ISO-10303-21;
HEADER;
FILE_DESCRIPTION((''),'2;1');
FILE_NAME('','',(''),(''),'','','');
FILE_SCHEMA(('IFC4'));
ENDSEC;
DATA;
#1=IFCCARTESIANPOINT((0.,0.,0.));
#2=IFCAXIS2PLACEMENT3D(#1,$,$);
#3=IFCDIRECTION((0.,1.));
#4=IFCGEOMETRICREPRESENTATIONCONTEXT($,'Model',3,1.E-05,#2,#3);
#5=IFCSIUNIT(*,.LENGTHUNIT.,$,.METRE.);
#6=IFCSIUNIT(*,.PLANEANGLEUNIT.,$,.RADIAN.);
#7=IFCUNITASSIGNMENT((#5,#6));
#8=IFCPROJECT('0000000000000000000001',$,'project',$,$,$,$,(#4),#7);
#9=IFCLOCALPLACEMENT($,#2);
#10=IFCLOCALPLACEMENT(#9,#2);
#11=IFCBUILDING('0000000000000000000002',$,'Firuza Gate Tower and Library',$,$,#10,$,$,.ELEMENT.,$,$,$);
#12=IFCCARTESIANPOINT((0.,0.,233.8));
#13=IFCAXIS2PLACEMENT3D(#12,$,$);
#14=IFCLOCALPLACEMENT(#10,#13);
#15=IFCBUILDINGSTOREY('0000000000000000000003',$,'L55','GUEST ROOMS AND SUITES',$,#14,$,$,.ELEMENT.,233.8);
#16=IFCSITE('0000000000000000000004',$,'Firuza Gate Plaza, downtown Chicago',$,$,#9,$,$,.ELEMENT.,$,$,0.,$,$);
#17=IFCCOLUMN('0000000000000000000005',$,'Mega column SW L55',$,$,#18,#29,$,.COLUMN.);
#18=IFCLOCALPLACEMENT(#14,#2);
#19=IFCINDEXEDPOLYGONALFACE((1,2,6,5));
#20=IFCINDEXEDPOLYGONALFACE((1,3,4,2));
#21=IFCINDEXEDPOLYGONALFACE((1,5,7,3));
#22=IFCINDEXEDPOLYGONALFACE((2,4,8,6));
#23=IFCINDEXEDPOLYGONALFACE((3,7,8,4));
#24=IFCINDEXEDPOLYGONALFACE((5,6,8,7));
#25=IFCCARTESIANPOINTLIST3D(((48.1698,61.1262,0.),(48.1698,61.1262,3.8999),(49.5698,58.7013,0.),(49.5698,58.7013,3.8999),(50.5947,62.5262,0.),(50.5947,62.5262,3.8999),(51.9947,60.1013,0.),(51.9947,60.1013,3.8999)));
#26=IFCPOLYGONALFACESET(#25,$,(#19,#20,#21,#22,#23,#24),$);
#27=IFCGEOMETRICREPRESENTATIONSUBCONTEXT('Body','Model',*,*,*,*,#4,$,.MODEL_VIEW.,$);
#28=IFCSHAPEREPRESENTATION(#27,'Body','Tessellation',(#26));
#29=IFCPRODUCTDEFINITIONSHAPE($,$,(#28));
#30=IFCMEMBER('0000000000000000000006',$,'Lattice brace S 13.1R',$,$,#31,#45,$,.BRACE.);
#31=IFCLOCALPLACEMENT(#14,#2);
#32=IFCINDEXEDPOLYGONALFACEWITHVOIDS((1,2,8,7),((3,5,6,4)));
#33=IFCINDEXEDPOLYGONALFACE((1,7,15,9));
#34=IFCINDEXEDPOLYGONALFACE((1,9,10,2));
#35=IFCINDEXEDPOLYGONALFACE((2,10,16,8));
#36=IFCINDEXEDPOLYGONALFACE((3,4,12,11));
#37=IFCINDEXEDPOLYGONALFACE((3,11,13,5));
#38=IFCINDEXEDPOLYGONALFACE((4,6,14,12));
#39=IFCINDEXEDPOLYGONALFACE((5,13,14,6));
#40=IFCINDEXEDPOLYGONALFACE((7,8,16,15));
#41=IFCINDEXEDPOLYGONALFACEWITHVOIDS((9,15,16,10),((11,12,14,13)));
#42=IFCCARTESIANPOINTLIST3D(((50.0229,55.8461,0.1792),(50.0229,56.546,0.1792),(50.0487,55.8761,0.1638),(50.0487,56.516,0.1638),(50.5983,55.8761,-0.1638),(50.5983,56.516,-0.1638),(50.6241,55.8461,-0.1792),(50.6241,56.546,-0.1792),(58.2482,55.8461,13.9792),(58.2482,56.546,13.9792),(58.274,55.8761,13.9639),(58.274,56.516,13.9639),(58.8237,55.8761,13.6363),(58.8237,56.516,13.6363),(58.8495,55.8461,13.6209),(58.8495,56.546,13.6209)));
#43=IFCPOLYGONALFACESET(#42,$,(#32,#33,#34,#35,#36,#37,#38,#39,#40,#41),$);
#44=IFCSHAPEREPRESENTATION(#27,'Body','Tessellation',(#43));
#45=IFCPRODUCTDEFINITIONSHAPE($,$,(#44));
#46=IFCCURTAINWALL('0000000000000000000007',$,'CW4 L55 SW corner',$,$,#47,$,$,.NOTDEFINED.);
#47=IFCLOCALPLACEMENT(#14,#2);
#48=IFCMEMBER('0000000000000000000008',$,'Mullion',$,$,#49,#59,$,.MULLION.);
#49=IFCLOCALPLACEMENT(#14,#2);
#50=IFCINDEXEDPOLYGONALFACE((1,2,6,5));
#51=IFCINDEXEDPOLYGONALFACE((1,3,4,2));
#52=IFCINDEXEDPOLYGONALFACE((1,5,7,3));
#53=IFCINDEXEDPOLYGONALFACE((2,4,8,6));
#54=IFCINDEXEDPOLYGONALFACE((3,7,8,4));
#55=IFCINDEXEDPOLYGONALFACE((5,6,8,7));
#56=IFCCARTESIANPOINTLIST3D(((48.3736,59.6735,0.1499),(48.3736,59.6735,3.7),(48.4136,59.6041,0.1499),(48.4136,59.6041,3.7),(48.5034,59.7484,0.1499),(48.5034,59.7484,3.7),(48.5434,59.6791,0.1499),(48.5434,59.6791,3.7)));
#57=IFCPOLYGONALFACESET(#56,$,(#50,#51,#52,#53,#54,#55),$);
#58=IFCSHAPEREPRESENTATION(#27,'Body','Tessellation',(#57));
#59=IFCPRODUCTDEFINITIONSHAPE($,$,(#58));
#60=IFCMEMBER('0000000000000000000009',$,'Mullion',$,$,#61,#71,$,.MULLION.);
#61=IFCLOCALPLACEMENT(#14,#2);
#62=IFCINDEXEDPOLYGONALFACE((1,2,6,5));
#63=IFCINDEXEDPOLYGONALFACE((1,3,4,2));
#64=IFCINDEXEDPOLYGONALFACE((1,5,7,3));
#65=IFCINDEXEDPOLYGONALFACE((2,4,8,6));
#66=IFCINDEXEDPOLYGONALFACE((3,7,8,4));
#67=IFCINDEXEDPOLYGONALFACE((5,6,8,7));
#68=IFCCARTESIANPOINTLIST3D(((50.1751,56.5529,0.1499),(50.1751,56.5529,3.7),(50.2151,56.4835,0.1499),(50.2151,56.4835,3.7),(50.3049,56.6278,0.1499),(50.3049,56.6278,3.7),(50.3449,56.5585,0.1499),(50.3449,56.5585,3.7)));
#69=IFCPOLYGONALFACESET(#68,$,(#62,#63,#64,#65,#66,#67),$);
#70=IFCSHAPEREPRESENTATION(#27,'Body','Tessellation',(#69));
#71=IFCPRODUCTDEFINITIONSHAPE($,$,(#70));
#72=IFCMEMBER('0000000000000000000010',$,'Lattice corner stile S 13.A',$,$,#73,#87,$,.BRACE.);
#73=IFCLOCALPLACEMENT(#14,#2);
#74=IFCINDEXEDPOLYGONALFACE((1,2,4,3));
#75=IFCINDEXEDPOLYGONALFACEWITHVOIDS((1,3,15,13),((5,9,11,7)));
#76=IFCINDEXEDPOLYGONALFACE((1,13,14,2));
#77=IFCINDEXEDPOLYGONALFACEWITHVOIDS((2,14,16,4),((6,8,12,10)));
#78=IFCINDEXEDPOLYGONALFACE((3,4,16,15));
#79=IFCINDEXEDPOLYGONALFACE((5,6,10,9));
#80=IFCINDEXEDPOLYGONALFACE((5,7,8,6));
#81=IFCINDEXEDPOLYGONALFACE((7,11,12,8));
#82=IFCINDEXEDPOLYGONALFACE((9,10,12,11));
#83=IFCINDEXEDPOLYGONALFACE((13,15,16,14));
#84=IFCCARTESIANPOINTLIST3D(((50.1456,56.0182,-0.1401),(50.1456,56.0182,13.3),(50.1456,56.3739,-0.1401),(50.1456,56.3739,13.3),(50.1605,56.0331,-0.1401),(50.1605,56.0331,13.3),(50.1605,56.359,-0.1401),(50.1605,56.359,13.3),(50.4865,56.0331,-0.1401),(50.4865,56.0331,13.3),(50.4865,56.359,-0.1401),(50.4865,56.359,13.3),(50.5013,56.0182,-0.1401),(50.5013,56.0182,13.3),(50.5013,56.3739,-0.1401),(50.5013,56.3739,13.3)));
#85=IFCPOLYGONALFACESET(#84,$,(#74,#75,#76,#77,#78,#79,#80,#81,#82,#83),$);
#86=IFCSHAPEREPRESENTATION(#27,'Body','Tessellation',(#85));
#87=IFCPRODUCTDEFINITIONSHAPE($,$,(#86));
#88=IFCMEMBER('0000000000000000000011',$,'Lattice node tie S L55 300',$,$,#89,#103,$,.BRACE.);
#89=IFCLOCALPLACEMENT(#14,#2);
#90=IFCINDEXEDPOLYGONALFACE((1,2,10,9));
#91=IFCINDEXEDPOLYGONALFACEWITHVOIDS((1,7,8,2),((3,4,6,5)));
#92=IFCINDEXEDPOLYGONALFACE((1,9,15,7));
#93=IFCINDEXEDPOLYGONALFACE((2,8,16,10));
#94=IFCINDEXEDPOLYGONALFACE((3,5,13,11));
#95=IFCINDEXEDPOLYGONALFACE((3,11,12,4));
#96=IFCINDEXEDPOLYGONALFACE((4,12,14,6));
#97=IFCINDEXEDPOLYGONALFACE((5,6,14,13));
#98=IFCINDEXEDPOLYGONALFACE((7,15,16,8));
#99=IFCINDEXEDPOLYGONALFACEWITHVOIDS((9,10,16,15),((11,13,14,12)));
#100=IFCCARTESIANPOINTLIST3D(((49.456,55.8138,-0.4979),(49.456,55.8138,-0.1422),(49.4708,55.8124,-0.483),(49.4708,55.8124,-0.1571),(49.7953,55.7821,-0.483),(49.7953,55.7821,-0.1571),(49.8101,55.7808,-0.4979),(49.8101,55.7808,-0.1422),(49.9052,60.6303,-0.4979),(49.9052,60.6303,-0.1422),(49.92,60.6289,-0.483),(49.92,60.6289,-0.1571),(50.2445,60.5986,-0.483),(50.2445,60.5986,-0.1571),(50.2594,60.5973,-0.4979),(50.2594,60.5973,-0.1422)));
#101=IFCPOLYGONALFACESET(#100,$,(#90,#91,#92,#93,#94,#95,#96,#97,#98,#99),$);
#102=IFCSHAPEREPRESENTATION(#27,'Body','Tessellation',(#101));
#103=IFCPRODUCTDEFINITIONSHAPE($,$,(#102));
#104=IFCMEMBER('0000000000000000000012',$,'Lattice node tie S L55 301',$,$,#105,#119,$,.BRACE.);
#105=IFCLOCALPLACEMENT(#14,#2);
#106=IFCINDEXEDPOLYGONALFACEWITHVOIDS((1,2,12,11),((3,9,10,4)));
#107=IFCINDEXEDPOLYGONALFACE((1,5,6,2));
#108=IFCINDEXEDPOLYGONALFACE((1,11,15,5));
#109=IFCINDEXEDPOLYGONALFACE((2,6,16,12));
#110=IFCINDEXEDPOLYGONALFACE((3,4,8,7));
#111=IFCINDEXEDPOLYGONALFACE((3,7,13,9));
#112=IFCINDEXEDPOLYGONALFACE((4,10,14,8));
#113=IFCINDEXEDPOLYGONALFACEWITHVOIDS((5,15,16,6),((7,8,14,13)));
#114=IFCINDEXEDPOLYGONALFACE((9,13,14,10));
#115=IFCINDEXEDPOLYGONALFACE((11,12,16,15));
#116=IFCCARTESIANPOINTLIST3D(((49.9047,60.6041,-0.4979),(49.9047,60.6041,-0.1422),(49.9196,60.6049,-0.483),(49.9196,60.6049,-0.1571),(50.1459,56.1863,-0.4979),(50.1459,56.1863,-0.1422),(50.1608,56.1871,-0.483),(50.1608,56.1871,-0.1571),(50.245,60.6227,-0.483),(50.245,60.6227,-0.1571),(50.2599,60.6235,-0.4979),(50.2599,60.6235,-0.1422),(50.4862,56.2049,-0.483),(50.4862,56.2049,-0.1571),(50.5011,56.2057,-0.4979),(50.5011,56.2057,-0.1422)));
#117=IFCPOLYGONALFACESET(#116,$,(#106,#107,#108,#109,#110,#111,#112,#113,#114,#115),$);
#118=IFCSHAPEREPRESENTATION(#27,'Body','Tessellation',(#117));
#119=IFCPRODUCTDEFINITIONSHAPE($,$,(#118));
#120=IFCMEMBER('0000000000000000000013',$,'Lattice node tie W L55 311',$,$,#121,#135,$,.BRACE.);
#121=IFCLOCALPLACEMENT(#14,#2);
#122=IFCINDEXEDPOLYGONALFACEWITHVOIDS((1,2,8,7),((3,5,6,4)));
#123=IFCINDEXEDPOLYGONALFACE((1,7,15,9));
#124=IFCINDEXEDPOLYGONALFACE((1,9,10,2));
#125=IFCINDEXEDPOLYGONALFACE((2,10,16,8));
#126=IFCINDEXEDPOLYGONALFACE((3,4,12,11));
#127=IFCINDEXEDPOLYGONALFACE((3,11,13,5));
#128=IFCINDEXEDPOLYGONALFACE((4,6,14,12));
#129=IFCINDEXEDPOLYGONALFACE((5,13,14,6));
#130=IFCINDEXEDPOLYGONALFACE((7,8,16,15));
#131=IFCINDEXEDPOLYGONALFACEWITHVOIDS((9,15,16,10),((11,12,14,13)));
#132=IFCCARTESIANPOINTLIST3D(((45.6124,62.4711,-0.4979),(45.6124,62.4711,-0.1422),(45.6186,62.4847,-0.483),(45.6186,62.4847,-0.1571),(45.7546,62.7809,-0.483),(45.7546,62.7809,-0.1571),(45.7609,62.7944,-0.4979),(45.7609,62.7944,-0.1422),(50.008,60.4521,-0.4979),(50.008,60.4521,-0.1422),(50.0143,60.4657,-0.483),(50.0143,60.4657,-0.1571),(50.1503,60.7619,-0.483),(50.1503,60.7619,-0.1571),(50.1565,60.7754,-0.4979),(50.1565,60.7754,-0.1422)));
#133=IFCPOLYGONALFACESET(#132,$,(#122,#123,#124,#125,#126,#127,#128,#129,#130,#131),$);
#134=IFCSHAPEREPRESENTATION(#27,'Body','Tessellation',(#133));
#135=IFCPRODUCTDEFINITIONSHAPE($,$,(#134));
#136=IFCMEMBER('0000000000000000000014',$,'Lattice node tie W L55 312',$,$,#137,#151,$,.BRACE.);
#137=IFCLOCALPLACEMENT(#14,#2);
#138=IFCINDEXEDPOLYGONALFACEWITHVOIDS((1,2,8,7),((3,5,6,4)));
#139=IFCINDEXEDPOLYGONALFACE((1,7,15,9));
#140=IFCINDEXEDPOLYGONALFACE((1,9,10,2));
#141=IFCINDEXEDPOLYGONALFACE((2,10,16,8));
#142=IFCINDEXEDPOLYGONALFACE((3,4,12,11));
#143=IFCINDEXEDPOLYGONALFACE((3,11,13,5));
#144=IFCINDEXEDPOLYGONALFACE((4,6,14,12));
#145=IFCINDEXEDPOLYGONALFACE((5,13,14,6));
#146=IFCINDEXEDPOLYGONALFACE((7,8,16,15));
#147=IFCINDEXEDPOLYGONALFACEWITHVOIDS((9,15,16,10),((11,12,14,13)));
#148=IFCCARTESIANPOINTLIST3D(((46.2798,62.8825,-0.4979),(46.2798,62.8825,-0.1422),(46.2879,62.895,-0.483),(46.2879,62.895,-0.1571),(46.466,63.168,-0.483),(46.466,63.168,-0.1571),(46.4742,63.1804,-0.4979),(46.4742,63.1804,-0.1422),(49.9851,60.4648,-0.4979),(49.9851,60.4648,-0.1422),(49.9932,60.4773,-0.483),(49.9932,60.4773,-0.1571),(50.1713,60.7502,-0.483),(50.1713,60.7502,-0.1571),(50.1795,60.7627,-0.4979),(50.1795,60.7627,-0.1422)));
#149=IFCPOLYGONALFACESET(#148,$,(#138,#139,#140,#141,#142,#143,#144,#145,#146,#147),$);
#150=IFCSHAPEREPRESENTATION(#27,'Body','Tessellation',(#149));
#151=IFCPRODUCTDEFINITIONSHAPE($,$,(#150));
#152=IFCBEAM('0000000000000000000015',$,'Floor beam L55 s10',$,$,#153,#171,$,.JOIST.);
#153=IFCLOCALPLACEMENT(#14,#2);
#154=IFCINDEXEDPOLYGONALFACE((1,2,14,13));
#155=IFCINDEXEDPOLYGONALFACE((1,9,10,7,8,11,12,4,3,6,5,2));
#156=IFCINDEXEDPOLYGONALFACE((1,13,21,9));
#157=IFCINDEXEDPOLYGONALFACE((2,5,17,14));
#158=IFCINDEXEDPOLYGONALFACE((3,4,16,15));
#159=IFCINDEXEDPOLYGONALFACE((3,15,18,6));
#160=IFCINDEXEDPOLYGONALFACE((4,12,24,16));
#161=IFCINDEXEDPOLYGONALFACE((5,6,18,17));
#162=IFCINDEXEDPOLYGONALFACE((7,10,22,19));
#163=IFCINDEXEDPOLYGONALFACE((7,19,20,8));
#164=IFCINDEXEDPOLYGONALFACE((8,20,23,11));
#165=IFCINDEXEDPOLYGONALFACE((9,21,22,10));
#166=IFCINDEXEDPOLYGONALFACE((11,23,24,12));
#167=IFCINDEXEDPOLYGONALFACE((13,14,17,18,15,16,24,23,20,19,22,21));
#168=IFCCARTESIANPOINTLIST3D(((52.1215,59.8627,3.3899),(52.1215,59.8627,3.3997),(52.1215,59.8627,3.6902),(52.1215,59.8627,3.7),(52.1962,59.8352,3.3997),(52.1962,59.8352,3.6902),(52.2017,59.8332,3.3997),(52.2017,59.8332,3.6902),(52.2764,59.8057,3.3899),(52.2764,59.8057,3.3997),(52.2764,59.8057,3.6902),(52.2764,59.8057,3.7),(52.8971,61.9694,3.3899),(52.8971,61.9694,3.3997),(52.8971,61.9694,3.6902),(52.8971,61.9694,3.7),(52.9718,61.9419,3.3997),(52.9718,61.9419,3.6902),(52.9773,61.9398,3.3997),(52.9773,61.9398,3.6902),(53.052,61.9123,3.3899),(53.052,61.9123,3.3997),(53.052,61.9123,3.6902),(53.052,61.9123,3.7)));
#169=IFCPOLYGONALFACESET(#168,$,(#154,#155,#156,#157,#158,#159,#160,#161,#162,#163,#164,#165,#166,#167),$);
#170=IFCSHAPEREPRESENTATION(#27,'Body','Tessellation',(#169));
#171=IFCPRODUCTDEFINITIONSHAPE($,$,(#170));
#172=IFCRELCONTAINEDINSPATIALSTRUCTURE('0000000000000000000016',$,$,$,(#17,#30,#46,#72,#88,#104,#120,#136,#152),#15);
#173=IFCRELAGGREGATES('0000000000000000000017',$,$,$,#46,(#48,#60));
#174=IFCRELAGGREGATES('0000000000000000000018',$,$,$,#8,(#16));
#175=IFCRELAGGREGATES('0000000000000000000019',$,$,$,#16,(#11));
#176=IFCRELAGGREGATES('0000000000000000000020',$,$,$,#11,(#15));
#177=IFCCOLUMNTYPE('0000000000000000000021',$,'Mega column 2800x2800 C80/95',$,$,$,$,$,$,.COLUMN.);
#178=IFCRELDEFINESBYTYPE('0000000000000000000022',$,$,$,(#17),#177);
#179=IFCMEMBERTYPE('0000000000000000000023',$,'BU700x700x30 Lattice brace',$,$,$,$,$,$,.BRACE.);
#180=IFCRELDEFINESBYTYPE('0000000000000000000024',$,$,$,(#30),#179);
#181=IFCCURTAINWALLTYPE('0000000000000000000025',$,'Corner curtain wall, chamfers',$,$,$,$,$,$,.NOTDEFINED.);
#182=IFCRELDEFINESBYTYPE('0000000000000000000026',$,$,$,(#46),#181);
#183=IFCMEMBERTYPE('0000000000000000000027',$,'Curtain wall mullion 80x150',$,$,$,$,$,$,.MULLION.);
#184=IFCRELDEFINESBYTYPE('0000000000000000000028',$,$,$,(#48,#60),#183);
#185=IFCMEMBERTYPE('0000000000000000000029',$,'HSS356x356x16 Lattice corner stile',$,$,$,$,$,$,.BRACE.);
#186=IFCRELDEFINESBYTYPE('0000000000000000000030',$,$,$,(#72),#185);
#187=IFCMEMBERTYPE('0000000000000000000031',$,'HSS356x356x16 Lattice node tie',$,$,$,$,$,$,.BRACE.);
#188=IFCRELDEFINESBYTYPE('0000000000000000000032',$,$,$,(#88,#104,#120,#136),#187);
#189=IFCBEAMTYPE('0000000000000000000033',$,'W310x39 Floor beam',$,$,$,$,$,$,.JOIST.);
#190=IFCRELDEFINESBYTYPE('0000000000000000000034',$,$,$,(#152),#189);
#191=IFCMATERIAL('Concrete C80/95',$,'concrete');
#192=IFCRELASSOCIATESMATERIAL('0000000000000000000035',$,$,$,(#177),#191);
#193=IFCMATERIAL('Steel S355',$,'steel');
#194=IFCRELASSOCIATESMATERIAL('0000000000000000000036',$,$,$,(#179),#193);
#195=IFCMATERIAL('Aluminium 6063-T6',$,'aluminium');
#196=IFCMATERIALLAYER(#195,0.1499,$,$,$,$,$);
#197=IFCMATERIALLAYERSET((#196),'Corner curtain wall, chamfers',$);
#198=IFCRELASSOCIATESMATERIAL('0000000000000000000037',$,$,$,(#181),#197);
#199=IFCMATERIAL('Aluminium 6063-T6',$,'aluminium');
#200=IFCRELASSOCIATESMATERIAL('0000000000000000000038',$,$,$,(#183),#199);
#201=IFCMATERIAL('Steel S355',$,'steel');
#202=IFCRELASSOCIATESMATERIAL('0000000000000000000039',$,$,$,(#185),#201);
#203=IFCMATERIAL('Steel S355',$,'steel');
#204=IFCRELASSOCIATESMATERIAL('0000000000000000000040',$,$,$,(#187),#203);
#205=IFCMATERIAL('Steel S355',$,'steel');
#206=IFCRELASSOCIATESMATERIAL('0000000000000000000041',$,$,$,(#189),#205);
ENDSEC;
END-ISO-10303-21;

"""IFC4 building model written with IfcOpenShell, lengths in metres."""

from ifc_helpers import new_model, si_unit, direction, frame, origin, origin_2d, place, context, subcontext, project, spatial, rectangle, hollow_rectangle, i_section, extrude, material, layer, layer_set, material_profile, profile_set, type_object, element, aggregate, save


model = new_model("IFC4")

# Units and contexts
model_context = context("Model", 3, precision=1e-05, world=origin(), true_north=direction((0.0, 1.0)))
body_context = subcontext(model_context, "Body", "Model", "MODEL_VIEW")
ifc_project = project(units=[si_unit("LENGTHUNIT", "METRE"), si_unit("PLANEANGLEUNIT", "RADIAN")], contexts=[model_context])

# Site, building, storey
site_placement = place(None, origin())
site = spatial("IfcSite", under=ifc_project, at=site_placement, Name="Firuza Gate Plaza, downtown Chicago", CompositionType="ELEMENT", RefElevation=0.0)
building_placement = place(site_placement, origin())
building = spatial("IfcBuilding", under=site, at=building_placement, Name="Firuza Gate Tower and Library", CompositionType="ELEMENT")
storey_placement = place(building_placement, frame((0.0, 0.0, 233.8)))
storey = spatial("IfcBuildingStorey", under=building, at=storey_placement, Name="L55", Description="GUEST ROOMS AND SUITES", CompositionType="ELEMENT", Elevation=233.8)

# Column
ifc_material_1 = material(Name="Concrete C80/95", Category="concrete")
ifc_material_profile_1 = material_profile(ifc_material_1, rectangle(XDim=2.8, YDim=2.8, at=origin_2d()))
ifc_profile_set_1 = profile_set([ifc_material_profile_1], Name="Concrete C80/95")
column_type = type_object("IfcColumnType", Name="Mega column 2800x2800 C80/95", PredefinedType="COLUMN", material=ifc_profile_set_1)
column_placement = place(storey_placement, frame((50.0823, 60.6138, 0.0), z_axis=(0.0, 0.0, 1.0), x_axis=(0.5, -0.866025, 0.0)))
element("IfcColumn", 1, at=column_placement, inside=storey, type_object=column_type, Name="Mega column SW L55", PredefinedType="COLUMN", context=body_context, shape_type="SweptSolid", body=[
    extrude(rectangle(XDim=2.8, YDim=2.8, at=origin_2d()), origin(), (0.0, 0.0, 1.0), 3.8999),
])

# Member
ifc_material_2 = material(Name="Steel S355", Category="steel")
ifc_material_profile_2 = material_profile(ifc_material_2, hollow_rectangle(XDim=0.7, YDim=0.7, WallThickness=0.03, at=origin_2d()))
ifc_profile_set_2 = profile_set([ifc_material_profile_2], Name="Steel S355")
member_type_1 = type_object("IfcMemberType", Name="BU700x700x30 Lattice brace", PredefinedType="BRACE", material=ifc_profile_set_2)
member_1_placement = place(storey_placement, frame((50.3235, 56.196, 0.0), z_axis=(0.511991, 0.0, 0.858991), x_axis=(0.0, 1.0, 0.0)))
element("IfcMember", 2, at=member_1_placement, inside=storey, type_object=member_type_1, Name="Lattice brace S 13.1R", PredefinedType="BRACE", context=body_context, shape_type="SweptSolid", body=[
    extrude(hollow_rectangle(XDim=0.7, YDim=0.7, WallThickness=0.03, at=origin_2d()), origin(), (0.0, 0.0, 1.0), 16.0654),
])

# Curtain wall, members
ifc_material_3 = material(Name="Aluminium 6063-T6", Category="aluminium")
ifc_layer_1 = layer(ifc_material_3, 0.1499)
ifc_layer_set_1 = layer_set([ifc_layer_1], Name="Corner curtain wall, chamfers")
curtain_wall_type = type_object("IfcCurtainWallType", Name="Corner curtain wall, chamfers", PredefinedType="NOTDEFINED", material=ifc_layer_set_1)
placement_1 = place(storey_placement, origin())
curtain_wall = element("IfcCurtainWall", 3, at=placement_1, inside=storey, type_object=curtain_wall_type, Name="CW4 L55 SW corner", PredefinedType="NOTDEFINED")
ifc_material_4 = material(Name="Aluminium 6063-T6", Category="aluminium")
ifc_material_profile_3 = material_profile(ifc_material_4, rectangle(XDim=0.1499, YDim=0.0801, at=origin_2d()))
ifc_profile_set_3 = profile_set([ifc_material_profile_3], Name="Aluminium 6063-T6")
member_type_2 = type_object("IfcMemberType", Name="Curtain wall mullion 80x150", PredefinedType="MULLION", material=ifc_profile_set_3)
member_2_placement = place(storey_placement, frame((48.4585, 59.6763, 0.1499), z_axis=(0.0, 0.0, 1.0), x_axis=(0.866025, 0.5, 0.0)))
member_2 = element("IfcMember", 4, at=member_2_placement, type_object=member_type_2, Name="Mullion", PredefinedType="MULLION", context=body_context, shape_type="SweptSolid", body=[
    extrude(rectangle(XDim=0.1499, YDim=0.0801, at=origin_2d()), origin(), (0.0, 0.0, 1.0), 3.55),
])
member_3_placement = place(storey_placement, frame((50.26, 56.5557, 0.1499), z_axis=(0.0, 0.0, 1.0), x_axis=(0.866025, 0.5, 0.0)))
member_3 = element("IfcMember", 5, at=member_3_placement, type_object=member_type_2, Name="Mullion", PredefinedType="MULLION", context=body_context, shape_type="SweptSolid", body=[
    extrude(rectangle(XDim=0.1499, YDim=0.0801, at=origin_2d()), origin(), (0.0, 0.0, 1.0), 3.55),
])

# Members
ifc_material_5 = material(Name="Steel S355", Category="steel")
ifc_material_profile_4 = material_profile(ifc_material_5, hollow_rectangle(XDim=0.3557, YDim=0.3557, WallThickness=0.0149, at=origin_2d()))
ifc_profile_set_4 = profile_set([ifc_material_profile_4], Name="Steel S355")
member_type_3 = type_object("IfcMemberType", Name="HSS356x356x16 Lattice corner stile", PredefinedType="BRACE", material=ifc_profile_set_4)
member_4_placement = place(storey_placement, frame((50.3235, 56.196, -0.1401), z_axis=(0.0, 0.0, 1.0), x_axis=(1.0, 0.0, 0.0)))
element("IfcMember", 6, at=member_4_placement, inside=storey, type_object=member_type_3, Name="Lattice corner stile S 13.A", PredefinedType="BRACE", context=body_context, shape_type="SweptSolid", body=[
    extrude(hollow_rectangle(XDim=0.3557, YDim=0.3557, WallThickness=0.0149, at=origin_2d()), origin(), (0.0, 0.0, 1.0), 13.4402),
])
ifc_material_6 = material(Name="Steel S355", Category="steel")
ifc_material_profile_5 = material_profile(ifc_material_6, hollow_rectangle(XDim=0.3557, YDim=0.3557, WallThickness=0.0149, at=origin_2d()))
ifc_profile_set_5 = profile_set([ifc_material_profile_5], Name="Steel S355")
member_type_4 = type_object("IfcMemberType", Name="HSS356x356x16 Lattice node tie", PredefinedType="BRACE", material=ifc_profile_set_5)
member_5_placement = place(storey_placement, frame((50.0823, 60.6138, -0.3201), z_axis=(-0.092865, -0.995679, 0.0), x_axis=(0.995679, -0.092865, 0.0)))
element("IfcMember", 7, at=member_5_placement, inside=storey, type_object=member_type_4, Name="Lattice node tie S L55 300", PredefinedType="BRACE", context=body_context, shape_type="SweptSolid", body=[
    extrude(hollow_rectangle(XDim=0.3557, YDim=0.3557, WallThickness=0.0149, at=origin_2d()), origin(), (0.0, 0.0, 1.0), 4.8374),
])
member_6_placement = place(storey_placement, frame((50.0823, 60.6138, -0.3201), z_axis=(0.05452, -0.998513, 0.0), x_axis=(0.998513, 0.05452, 0.0)))
element("IfcMember", 8, at=member_6_placement, inside=storey, type_object=member_type_4, Name="Lattice node tie S L55 301", PredefinedType="BRACE", context=body_context, shape_type="SweptSolid", body=[
    extrude(hollow_rectangle(XDim=0.3557, YDim=0.3557, WallThickness=0.0149, at=origin_2d()), origin(), (0.0, 0.0, 1.0), 4.4243),
])
member_7_placement = place(storey_placement, frame((50.0823, 60.6138, -0.3201), z_axis=(-0.908726, 0.417393, 0.0), x_axis=(-0.417393, -0.908726, 0.0)))
element("IfcMember", 9, at=member_7_placement, inside=storey, type_object=member_type_4, Name="Lattice node tie W L55 311", PredefinedType="BRACE", context=body_context, shape_type="SweptSolid", body=[
    extrude(hollow_rectangle(XDim=0.3557, YDim=0.3557, WallThickness=0.0149, at=origin_2d()), origin(), (0.0, 0.0, 1.0), 4.8372),
])
member_8_placement = place(storey_placement, frame((50.0823, 60.6138, -0.3201), z_axis=(-0.837485, 0.54646, 0.0), x_axis=(-0.54646, -0.837485, 0.0)))
element("IfcMember", 10, at=member_8_placement, inside=storey, type_object=member_type_4, Name="Lattice node tie W L55 312", PredefinedType="BRACE", context=body_context, shape_type="SweptSolid", body=[
    extrude(hollow_rectangle(XDim=0.3557, YDim=0.3557, WallThickness=0.0149, at=origin_2d()), origin(), (0.0, 0.0, 1.0), 4.4243),
])

# Beam
ifc_material_7 = material(Name="Steel S355", Category="steel")
ifc_material_profile_6 = material_profile(ifc_material_7, i_section(OverallWidth=0.165, OverallDepth=0.3101, WebThickness=0.0059, FlangeThickness=0.0098, at=origin_2d()))
ifc_profile_set_6 = profile_set([ifc_material_profile_6], Name="Steel S355")
beam_type_1 = type_object("IfcBeamType", Name="W310x39 Floor beam", PredefinedType="JOIST", material=ifc_profile_set_6)
beam_1_placement = place(storey_placement, frame((52.199, 59.8342, 3.5449), z_axis=(0.345504, 0.938417, 0.0), x_axis=(-0.938417, 0.345504, 0.0)))
element("IfcBeam", 11, at=beam_1_placement, inside=storey, type_object=beam_type_1, Name="Floor beam L55 s10", PredefinedType="JOIST", context=body_context, shape_type="SweptSolid", body=[
    extrude(i_section(OverallWidth=0.165, OverallDepth=0.3101, WebThickness=0.0059, FlangeThickness=0.0098, at=origin_2d()), origin(), (0.0, 0.0, 1.0), 2.2449),
])

aggregate(curtain_wall, [member_2, member_3])

save(model, "model.ifc")
